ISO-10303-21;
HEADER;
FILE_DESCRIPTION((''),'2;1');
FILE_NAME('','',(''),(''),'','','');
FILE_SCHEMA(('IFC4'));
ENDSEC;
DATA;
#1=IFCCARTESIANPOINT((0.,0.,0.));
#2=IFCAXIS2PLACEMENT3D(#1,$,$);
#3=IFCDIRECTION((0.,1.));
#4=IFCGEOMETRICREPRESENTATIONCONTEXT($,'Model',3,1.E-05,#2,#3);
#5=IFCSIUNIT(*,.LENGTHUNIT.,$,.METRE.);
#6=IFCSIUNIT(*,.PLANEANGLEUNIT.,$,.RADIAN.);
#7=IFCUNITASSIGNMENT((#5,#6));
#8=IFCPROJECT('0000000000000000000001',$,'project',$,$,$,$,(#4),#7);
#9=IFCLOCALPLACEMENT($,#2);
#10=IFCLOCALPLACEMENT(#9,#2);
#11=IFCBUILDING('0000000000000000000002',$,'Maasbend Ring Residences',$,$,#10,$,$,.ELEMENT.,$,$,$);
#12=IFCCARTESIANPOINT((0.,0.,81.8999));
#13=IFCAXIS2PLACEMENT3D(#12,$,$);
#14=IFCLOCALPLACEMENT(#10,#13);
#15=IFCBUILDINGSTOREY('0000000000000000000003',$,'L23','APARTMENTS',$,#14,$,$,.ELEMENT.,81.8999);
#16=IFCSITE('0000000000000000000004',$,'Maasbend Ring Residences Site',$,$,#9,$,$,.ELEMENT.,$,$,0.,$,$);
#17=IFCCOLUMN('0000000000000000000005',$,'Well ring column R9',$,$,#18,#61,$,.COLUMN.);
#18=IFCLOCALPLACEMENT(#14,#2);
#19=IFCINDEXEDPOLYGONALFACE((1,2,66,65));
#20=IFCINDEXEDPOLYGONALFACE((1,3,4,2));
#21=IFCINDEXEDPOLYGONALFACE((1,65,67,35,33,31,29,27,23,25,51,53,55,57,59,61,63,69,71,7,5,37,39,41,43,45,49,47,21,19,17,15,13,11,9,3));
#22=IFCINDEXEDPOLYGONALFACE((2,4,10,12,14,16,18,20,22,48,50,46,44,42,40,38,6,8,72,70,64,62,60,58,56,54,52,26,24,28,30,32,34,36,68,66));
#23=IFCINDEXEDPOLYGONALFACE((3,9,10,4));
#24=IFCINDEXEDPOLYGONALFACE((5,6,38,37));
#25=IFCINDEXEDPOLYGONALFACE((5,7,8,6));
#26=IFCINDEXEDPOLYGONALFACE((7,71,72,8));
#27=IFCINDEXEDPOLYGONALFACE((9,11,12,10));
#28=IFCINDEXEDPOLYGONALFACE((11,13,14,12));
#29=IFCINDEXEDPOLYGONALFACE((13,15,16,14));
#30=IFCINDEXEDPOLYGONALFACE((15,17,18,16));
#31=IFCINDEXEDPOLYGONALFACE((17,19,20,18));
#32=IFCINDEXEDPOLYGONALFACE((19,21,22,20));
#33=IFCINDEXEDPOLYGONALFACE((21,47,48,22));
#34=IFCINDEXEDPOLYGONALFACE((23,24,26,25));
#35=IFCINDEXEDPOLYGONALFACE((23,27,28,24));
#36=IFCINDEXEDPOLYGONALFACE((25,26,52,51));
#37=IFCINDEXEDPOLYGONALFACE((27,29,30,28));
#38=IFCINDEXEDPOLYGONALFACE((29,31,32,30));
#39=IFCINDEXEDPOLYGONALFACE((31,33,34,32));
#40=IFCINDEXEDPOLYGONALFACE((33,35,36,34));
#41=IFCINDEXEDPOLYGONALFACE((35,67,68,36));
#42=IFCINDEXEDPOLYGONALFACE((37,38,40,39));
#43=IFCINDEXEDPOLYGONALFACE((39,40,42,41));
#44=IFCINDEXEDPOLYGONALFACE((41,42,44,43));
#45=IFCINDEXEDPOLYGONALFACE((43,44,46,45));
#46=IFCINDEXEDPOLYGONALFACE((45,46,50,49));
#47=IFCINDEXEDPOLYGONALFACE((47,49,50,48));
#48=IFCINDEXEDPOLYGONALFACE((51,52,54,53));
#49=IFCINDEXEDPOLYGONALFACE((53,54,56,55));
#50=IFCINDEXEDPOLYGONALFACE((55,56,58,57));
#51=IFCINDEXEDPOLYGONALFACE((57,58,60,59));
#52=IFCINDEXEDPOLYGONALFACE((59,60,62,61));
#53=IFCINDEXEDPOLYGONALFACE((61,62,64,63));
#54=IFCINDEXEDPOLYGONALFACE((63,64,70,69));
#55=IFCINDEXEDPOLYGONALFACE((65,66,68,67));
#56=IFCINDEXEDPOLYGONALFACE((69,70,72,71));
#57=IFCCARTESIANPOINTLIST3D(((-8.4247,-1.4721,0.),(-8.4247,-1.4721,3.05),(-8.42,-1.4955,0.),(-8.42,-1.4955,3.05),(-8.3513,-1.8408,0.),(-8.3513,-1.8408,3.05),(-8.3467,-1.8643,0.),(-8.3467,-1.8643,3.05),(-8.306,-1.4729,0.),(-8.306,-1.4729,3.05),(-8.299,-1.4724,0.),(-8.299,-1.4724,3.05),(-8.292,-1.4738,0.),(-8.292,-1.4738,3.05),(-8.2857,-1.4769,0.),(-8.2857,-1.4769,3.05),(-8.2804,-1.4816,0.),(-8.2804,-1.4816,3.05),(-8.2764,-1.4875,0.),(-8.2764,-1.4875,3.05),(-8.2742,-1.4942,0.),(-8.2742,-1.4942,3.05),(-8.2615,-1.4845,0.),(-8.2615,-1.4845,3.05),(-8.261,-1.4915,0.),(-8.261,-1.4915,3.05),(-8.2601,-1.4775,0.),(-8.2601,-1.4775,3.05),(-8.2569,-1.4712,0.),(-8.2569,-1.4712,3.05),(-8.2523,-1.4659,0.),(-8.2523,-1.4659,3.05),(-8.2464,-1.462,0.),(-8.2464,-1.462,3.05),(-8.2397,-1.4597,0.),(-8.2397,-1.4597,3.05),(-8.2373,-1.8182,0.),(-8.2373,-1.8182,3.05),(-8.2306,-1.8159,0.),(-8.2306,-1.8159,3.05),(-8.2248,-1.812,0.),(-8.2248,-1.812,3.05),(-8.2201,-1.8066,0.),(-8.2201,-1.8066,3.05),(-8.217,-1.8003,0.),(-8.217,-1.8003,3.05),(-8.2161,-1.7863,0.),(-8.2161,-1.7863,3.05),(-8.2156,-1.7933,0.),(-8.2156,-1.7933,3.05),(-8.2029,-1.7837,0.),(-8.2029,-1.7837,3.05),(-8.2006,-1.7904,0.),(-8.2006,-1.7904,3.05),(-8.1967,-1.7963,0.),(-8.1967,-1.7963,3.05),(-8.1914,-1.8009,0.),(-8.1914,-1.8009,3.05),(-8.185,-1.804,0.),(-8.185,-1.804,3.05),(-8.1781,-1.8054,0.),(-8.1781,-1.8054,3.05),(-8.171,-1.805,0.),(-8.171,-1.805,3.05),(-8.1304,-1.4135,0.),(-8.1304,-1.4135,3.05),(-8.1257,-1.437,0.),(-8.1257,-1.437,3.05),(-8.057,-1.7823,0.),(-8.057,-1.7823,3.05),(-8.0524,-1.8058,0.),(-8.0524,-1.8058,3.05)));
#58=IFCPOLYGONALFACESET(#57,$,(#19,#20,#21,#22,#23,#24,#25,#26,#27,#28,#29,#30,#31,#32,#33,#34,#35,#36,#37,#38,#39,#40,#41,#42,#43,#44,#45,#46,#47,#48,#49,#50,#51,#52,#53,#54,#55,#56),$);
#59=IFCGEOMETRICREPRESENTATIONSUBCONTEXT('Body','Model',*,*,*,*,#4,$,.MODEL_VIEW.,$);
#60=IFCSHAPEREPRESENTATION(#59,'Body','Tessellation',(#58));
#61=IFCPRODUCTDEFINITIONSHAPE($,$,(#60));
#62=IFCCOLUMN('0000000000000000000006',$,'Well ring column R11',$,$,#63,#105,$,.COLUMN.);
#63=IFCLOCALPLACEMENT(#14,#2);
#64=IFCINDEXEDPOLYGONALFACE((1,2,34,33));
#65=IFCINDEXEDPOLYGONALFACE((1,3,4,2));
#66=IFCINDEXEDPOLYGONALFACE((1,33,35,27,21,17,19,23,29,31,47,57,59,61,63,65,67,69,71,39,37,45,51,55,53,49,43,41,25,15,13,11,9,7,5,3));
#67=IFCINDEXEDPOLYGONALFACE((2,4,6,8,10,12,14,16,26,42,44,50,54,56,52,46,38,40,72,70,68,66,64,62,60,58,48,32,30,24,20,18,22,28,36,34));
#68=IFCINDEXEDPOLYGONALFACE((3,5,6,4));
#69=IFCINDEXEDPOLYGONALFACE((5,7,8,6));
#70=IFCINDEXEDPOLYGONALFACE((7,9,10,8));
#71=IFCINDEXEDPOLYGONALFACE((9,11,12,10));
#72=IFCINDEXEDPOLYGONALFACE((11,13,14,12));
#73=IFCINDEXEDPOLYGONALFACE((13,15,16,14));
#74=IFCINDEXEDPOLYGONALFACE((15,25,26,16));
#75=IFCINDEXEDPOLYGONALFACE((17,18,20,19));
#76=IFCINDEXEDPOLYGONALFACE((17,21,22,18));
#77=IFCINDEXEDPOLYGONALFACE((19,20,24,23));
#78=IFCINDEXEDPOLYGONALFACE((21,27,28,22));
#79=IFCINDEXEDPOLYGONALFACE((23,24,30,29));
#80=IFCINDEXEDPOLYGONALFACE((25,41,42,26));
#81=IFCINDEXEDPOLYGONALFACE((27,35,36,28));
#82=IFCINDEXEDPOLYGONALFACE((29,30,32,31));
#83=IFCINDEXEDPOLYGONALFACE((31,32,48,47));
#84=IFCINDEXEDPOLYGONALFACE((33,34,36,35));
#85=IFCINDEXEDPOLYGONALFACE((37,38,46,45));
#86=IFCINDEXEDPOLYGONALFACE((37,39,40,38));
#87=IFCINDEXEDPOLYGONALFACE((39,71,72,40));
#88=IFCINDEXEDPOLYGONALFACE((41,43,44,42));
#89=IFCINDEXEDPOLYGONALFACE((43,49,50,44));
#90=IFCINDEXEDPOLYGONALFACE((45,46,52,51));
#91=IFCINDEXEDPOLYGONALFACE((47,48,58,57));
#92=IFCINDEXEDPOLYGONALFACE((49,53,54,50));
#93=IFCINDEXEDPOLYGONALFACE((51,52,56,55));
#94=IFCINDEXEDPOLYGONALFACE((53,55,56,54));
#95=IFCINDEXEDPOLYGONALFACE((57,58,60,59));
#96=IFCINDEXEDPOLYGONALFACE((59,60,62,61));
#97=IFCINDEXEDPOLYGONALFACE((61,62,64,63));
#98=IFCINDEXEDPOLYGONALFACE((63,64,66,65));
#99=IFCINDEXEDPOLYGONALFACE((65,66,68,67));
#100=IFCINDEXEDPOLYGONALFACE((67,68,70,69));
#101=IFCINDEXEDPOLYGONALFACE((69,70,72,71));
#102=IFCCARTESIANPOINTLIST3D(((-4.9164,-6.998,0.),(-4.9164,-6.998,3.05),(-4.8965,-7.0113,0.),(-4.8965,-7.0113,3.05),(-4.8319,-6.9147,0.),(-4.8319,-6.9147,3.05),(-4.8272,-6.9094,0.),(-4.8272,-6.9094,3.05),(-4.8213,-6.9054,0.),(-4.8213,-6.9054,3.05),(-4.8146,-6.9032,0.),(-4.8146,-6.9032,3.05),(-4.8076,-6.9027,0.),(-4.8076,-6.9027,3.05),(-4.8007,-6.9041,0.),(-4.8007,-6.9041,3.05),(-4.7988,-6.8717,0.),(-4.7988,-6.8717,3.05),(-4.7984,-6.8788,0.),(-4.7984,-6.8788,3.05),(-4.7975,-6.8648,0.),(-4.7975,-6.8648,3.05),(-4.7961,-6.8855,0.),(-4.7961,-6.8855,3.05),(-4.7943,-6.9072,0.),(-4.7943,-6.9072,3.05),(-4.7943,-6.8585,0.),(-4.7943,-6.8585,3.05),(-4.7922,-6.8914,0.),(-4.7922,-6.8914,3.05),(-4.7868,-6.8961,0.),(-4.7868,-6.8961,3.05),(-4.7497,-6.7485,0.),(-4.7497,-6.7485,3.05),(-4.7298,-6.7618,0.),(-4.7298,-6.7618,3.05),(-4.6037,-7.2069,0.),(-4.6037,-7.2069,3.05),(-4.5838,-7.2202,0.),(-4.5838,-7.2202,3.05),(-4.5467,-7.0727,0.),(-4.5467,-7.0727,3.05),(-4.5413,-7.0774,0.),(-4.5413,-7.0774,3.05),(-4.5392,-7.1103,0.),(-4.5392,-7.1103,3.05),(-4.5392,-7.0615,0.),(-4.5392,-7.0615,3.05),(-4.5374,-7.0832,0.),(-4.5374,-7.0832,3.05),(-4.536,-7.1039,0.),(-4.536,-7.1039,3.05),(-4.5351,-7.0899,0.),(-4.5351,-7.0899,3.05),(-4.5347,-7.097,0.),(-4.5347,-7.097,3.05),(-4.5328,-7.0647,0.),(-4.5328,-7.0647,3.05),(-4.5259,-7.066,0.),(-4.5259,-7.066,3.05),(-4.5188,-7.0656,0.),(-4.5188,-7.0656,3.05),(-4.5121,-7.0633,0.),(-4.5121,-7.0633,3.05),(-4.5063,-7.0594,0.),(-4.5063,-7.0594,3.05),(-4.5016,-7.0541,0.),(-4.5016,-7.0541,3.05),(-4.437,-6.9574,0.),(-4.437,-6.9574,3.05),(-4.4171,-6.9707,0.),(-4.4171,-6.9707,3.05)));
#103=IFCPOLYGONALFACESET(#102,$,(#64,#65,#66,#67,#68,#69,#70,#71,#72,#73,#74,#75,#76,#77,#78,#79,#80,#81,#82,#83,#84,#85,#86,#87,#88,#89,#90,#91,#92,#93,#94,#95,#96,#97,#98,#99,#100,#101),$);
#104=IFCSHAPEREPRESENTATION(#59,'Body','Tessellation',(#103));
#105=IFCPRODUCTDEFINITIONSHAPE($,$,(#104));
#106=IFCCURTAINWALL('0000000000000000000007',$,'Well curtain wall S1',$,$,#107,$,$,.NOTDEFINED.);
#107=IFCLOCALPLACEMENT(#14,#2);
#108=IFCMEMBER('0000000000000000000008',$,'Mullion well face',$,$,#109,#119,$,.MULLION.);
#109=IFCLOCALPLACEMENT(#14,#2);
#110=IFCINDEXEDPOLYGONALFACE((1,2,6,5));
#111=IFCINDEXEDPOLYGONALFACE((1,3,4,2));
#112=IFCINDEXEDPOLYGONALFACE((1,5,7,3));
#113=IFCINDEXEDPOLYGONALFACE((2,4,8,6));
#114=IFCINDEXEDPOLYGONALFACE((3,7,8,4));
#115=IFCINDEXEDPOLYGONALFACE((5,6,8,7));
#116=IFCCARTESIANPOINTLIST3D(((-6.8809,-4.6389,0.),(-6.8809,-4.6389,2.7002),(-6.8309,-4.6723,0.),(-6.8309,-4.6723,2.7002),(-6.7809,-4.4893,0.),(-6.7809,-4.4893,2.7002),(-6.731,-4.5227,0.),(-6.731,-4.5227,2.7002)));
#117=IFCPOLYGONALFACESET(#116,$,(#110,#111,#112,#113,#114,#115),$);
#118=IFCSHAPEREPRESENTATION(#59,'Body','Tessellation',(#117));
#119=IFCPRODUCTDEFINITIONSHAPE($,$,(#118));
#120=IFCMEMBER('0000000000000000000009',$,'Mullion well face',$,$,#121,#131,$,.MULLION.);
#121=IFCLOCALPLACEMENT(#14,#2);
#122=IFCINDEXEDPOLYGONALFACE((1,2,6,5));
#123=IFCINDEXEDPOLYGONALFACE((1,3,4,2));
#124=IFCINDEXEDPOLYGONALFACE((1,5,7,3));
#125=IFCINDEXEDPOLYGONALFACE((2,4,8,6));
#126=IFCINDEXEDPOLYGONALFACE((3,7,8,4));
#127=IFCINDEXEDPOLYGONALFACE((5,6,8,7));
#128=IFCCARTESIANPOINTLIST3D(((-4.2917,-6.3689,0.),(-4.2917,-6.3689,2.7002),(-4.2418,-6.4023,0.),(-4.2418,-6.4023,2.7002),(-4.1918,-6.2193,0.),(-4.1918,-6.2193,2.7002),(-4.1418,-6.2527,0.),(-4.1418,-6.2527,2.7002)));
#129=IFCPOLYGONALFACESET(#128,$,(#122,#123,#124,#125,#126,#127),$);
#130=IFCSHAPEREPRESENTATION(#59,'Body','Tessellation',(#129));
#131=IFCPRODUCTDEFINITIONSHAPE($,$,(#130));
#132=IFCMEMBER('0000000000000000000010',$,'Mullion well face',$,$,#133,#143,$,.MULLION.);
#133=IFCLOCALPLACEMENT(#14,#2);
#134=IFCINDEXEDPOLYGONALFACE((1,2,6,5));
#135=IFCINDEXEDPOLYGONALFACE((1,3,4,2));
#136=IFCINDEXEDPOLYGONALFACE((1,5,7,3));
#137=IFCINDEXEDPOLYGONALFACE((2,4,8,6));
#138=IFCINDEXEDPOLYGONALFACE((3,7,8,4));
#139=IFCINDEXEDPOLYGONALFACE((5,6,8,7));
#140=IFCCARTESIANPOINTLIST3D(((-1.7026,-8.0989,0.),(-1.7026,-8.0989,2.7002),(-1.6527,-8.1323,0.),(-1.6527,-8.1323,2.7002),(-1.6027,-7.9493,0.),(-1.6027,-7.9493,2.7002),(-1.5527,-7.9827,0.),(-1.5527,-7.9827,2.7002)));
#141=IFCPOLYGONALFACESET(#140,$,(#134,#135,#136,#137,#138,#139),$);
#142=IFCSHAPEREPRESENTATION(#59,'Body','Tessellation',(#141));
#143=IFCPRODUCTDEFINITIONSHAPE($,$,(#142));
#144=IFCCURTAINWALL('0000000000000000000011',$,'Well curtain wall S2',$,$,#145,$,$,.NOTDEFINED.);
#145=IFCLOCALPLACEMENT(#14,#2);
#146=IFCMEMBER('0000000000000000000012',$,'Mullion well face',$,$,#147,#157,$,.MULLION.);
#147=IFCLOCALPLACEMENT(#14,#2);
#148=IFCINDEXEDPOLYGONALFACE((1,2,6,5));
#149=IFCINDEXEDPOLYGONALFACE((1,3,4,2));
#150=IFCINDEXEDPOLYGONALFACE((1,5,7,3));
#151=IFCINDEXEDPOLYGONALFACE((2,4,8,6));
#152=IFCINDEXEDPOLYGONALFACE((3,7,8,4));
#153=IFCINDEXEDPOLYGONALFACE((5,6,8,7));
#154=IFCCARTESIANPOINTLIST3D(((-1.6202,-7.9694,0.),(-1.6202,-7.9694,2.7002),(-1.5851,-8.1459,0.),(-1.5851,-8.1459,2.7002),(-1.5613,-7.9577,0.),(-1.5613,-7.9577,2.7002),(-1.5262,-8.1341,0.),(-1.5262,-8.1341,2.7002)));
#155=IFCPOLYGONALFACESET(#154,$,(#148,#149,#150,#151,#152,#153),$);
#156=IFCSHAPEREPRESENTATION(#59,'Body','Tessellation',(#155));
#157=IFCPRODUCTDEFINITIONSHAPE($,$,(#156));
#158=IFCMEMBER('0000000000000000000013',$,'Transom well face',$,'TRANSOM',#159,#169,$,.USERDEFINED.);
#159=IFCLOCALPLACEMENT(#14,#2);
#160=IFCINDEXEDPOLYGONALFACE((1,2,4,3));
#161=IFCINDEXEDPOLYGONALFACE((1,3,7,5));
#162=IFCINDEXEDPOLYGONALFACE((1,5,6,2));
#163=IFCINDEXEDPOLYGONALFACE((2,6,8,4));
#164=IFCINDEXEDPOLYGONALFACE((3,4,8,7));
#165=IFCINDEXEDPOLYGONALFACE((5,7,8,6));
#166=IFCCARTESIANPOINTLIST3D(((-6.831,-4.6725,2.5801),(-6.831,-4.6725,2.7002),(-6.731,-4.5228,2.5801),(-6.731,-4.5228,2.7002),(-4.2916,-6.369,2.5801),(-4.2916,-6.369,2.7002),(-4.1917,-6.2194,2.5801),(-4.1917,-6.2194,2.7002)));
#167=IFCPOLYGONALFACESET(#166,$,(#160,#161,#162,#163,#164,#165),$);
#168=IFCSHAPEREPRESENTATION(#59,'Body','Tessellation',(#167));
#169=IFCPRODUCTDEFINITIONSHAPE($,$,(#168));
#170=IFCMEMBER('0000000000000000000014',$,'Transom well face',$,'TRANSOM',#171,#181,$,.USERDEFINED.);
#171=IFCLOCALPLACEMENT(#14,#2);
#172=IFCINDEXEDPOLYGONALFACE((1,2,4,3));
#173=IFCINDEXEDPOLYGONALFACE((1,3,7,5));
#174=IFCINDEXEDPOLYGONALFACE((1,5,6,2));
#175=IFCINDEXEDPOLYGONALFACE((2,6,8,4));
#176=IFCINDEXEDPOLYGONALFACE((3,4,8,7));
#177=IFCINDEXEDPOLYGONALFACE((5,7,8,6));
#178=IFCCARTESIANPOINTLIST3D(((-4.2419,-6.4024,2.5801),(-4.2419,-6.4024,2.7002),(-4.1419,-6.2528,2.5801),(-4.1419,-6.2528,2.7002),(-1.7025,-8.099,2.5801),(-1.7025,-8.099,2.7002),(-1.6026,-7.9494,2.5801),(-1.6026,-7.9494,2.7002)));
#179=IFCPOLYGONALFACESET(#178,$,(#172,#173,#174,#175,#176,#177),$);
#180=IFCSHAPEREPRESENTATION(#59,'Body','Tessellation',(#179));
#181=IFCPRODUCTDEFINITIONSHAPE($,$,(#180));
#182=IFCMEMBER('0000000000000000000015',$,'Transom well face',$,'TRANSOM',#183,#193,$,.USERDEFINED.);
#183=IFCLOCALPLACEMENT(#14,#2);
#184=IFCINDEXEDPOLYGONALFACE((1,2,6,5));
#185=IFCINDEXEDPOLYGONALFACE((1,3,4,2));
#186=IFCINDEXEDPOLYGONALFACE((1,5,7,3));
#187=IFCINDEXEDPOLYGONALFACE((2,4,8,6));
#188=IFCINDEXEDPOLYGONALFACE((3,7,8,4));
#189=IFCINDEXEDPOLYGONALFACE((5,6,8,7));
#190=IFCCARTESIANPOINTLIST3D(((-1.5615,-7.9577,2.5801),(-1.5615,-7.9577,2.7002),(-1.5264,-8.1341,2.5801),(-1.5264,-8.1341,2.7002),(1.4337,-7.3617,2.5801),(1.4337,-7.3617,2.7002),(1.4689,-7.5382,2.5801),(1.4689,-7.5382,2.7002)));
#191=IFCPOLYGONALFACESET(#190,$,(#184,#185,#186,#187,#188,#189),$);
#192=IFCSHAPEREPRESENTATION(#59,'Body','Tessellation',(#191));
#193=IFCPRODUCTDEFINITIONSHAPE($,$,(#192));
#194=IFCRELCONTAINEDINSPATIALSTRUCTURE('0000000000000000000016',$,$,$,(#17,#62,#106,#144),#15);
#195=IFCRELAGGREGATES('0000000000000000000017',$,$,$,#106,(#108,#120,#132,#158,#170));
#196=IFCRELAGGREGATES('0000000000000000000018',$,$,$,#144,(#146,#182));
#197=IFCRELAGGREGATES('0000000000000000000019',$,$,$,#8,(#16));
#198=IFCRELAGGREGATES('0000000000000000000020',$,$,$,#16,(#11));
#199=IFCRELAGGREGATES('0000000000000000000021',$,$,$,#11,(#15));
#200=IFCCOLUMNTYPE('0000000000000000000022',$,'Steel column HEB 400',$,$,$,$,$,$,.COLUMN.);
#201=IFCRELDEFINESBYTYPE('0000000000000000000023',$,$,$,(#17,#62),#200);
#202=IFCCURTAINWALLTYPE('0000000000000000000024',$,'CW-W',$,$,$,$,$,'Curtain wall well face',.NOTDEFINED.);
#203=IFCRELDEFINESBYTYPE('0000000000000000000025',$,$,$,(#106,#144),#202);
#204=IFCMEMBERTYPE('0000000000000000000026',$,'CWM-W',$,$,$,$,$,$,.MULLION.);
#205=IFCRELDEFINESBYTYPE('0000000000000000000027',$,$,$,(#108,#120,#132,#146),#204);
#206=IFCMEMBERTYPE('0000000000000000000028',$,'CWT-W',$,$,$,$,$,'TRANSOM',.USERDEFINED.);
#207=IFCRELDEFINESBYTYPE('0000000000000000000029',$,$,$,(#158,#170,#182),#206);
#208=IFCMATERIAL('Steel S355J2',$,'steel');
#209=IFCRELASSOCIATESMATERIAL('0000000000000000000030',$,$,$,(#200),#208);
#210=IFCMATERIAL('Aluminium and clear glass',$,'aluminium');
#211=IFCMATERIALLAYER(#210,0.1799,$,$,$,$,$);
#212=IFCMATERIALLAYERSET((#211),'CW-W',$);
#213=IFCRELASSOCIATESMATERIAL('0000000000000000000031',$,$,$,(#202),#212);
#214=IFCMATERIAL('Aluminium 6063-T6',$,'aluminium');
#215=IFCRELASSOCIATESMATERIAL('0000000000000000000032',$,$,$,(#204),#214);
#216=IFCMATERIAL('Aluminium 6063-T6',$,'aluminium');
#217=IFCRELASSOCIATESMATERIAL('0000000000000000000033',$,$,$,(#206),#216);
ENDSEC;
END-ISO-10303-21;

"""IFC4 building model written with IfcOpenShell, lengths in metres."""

from ifc_helpers import new_model, si_unit, direction, frame, origin, origin_2d, place, context, subcontext, project, spatial, rectangle, i_section, extrude, material, layer, layer_set, material_profile, profile_set, type_object, element, aggregate, save


model = new_model("IFC4")

# Units and contexts
model_context = context("Model", 3, precision=1e-05, world=origin(), true_north=direction((0.0, 1.0)))
body_context = subcontext(model_context, "Body", "Model", "MODEL_VIEW")
ifc_project = project(units=[si_unit("LENGTHUNIT", "METRE"), si_unit("PLANEANGLEUNIT", "RADIAN")], contexts=[model_context])

# Site, building, storey
site_placement = place(None, origin())
site = spatial("IfcSite", under=ifc_project, at=site_placement, Name="Maasbend Ring Residences Site", CompositionType="ELEMENT", RefElevation=0.0)
building_placement = place(site_placement, origin())
building = spatial("IfcBuilding", under=site, at=building_placement, Name="Maasbend Ring Residences", CompositionType="ELEMENT")
storey_placement = place(building_placement, frame((0.0, 0.0, 81.8999)))
storey = spatial("IfcBuildingStorey", under=building, at=storey_placement, Name="L23", Description="APARTMENTS", CompositionType="ELEMENT", Elevation=81.8999)

# Columns
ifc_material_1 = material(Name="Steel S355J2", Category="steel")
ifc_material_profile_1 = material_profile(ifc_material_1, i_section(OverallWidth=0.3, OverallDepth=0.3999, WebThickness=0.0134, FlangeThickness=0.0239, FilletRadius=0.0271, at=origin_2d()), Name="HEB 400")
ifc_profile_set_1 = profile_set([ifc_material_profile_1], Name="Steel S355J2")
column_type = type_object("IfcColumnType", Name="Steel column HEB 400", PredefinedType="COLUMN", material=ifc_profile_set_1)
for number, where, z_axis, x_axis, name in (
    (1, (-8.2385, -1.6389, 0.0), (0.0, 0.0, 1.0), (-0.980785, -0.19509, 0.0), "Well ring column R9"),
    (2, (-4.6667, -6.9844, 0.0), (0.0, 0.0, 1.0), (-0.55557, -0.83147, 0.0), "Well ring column R11"),
):
    element("IfcColumn", number, at=place(storey_placement, frame(where, z_axis=z_axis, x_axis=x_axis)), inside=storey, type_object=column_type, Name=name, PredefinedType="COLUMN", context=body_context, shape_type="SweptSolid", body=[
        extrude(i_section(OverallWidth=0.3, OverallDepth=0.3999, WebThickness=0.0134, FlangeThickness=0.0239, FilletRadius=0.0271, at=origin_2d()), origin(), (0.0, 0.0, 1.0), 3.05),
    ])

# Curtain wall, members
ifc_material_2 = material(Name="Aluminium and clear glass", Category="aluminium")
ifc_layer_1 = layer(ifc_material_2, 0.1799)
ifc_layer_set_1 = layer_set([ifc_layer_1], Name="CW-W")
curtain_wall_type = type_object("IfcCurtainWallType", Name="CW-W", ElementType="Curtain wall well face", PredefinedType="NOTDEFINED", material=ifc_layer_set_1)
curtain_wall_1_placement = place(storey_placement, origin())
curtain_wall_1 = element("IfcCurtainWall", 3, at=curtain_wall_1_placement, inside=storey, type_object=curtain_wall_type, Name="Well curtain wall S1", PredefinedType="NOTDEFINED")
ifc_material_3 = material(Name="Aluminium 6063-T6", Category="aluminium")
ifc_material_profile_2 = material_profile(ifc_material_3, rectangle(XDim=0.1799, YDim=0.0601, at=origin_2d()), Name="AL 180x60")
ifc_profile_set_2 = profile_set([ifc_material_profile_2], Name="Aluminium 6063-T6")
member_type_1 = type_object("IfcMemberType", Name="CWM-W", PredefinedType="MULLION", material=ifc_profile_set_2)
member_1_placement = place(storey_placement, frame((-6.8059, -4.5808, 0.0), z_axis=(0.0, 0.0, 1.0), x_axis=(0.55557, 0.83147, 0.0)))
member_1 = element("IfcMember", 4, at=member_1_placement, type_object=member_type_1, Name="Mullion well face", PredefinedType="MULLION", context=body_context, shape_type="SweptSolid", body=[
    extrude(rectangle(XDim=0.1799, YDim=0.0601, at=origin_2d()), origin(), (0.0, 0.0, 1.0), 2.7002),
])
member_2_placement = place(storey_placement, frame((-4.2168, -6.3108, 0.0), z_axis=(0.0, 0.0, 1.0), x_axis=(0.55557, 0.83147, 0.0)))
member_2 = element("IfcMember", 5, at=member_2_placement, type_object=member_type_1, Name="Mullion well face", PredefinedType="MULLION", context=body_context, shape_type="SweptSolid", body=[
    extrude(rectangle(XDim=0.1799, YDim=0.0601, at=origin_2d()), origin(), (0.0, 0.0, 1.0), 2.7002),
])
member_3_placement = place(storey_placement, frame((-1.6277, -8.0408, 0.0), z_axis=(0.0, 0.0, 1.0), x_axis=(0.55557, 0.83147, 0.0)))
member_3 = element("IfcMember", 6, at=member_3_placement, type_object=member_type_1, Name="Mullion well face", PredefinedType="MULLION", context=body_context, shape_type="SweptSolid", body=[
    extrude(rectangle(XDim=0.1799, YDim=0.0601, at=origin_2d()), origin(), (0.0, 0.0, 1.0), 2.7002),
])

# Curtain wall, member
curtain_wall_2_placement = place(storey_placement, origin())
curtain_wall_2 = element("IfcCurtainWall", 7, at=curtain_wall_2_placement, inside=storey, type_object=curtain_wall_type, Name="Well curtain wall S2", PredefinedType="NOTDEFINED")
member_4_placement = place(storey_placement, frame((-1.5732, -8.0518, 0.0), z_axis=(0.0, 0.0, 1.0), x_axis=(-0.19509, 0.980785, 0.0)))
member_4 = element("IfcMember", 8, at=member_4_placement, type_object=member_type_1, Name="Mullion well face", PredefinedType="MULLION", context=body_context, shape_type="SweptSolid", body=[
    extrude(rectangle(XDim=0.1799, YDim=0.0601, at=origin_2d()), origin(), (0.0, 0.0, 1.0), 2.7002),
])

# Members
ifc_material_4 = material(Name="Aluminium 6063-T6", Category="aluminium")
ifc_material_profile_3 = material_profile(ifc_material_4, rectangle(XDim=0.1799, YDim=0.1201, at=origin_2d()), Name="AL 180x120")
ifc_profile_set_3 = profile_set([ifc_material_profile_3], Name="Aluminium 6063-T6")
member_type_2 = type_object("IfcMemberType", Name="CWT-W", ElementType="TRANSOM", PredefinedType="USERDEFINED", material=ifc_profile_set_3)
member_5_placement = place(storey_placement, frame((-6.781, -4.5977, 2.6401), z_axis=(0.831496, -0.55553, 0.0), x_axis=(0.55553, 0.831496, 0.0)))
member_5 = element("IfcMember", 9, at=member_5_placement, type_object=member_type_2, Name="Transom well face", ObjectType="TRANSOM", PredefinedType="USERDEFINED", context=body_context, shape_type="SweptSolid", body=[
    extrude(rectangle(XDim=0.1799, YDim=0.1201, at=origin_2d()), origin(), (0.0, 0.0, 1.0), 3.054),
])
member_6_placement = place(storey_placement, frame((-4.1919, -6.3276, 2.6401), z_axis=(0.831496, -0.55553, 0.0), x_axis=(0.55553, 0.831496, 0.0)))
member_6 = element("IfcMember", 10, at=member_6_placement, type_object=member_type_2, Name="Transom well face", ObjectType="TRANSOM", PredefinedType="USERDEFINED", context=body_context, shape_type="SweptSolid", body=[
    extrude(rectangle(XDim=0.1799, YDim=0.1201, at=origin_2d()), origin(), (0.0, 0.0, 1.0), 3.054),
])
member_7_placement = place(storey_placement, frame((-1.5439, -8.0459, 2.6401), z_axis=(0.980777, 0.195132, 0.0), x_axis=(-0.195132, 0.980777, 0.0)))
member_7 = element("IfcMember", 11, at=member_7_placement, type_object=member_type_2, Name="Transom well face", ObjectType="TRANSOM", PredefinedType="USERDEFINED", context=body_context, shape_type="SweptSolid", body=[
    extrude(rectangle(XDim=0.1799, YDim=0.1201, at=origin_2d()), origin(), (0.0, 0.0, 1.0), 3.054),
])

aggregate(curtain_wall_1, [member_1, member_2, member_3, member_5, member_6])
aggregate(curtain_wall_2, [member_4, member_7])

save(model, "model.ifc")
